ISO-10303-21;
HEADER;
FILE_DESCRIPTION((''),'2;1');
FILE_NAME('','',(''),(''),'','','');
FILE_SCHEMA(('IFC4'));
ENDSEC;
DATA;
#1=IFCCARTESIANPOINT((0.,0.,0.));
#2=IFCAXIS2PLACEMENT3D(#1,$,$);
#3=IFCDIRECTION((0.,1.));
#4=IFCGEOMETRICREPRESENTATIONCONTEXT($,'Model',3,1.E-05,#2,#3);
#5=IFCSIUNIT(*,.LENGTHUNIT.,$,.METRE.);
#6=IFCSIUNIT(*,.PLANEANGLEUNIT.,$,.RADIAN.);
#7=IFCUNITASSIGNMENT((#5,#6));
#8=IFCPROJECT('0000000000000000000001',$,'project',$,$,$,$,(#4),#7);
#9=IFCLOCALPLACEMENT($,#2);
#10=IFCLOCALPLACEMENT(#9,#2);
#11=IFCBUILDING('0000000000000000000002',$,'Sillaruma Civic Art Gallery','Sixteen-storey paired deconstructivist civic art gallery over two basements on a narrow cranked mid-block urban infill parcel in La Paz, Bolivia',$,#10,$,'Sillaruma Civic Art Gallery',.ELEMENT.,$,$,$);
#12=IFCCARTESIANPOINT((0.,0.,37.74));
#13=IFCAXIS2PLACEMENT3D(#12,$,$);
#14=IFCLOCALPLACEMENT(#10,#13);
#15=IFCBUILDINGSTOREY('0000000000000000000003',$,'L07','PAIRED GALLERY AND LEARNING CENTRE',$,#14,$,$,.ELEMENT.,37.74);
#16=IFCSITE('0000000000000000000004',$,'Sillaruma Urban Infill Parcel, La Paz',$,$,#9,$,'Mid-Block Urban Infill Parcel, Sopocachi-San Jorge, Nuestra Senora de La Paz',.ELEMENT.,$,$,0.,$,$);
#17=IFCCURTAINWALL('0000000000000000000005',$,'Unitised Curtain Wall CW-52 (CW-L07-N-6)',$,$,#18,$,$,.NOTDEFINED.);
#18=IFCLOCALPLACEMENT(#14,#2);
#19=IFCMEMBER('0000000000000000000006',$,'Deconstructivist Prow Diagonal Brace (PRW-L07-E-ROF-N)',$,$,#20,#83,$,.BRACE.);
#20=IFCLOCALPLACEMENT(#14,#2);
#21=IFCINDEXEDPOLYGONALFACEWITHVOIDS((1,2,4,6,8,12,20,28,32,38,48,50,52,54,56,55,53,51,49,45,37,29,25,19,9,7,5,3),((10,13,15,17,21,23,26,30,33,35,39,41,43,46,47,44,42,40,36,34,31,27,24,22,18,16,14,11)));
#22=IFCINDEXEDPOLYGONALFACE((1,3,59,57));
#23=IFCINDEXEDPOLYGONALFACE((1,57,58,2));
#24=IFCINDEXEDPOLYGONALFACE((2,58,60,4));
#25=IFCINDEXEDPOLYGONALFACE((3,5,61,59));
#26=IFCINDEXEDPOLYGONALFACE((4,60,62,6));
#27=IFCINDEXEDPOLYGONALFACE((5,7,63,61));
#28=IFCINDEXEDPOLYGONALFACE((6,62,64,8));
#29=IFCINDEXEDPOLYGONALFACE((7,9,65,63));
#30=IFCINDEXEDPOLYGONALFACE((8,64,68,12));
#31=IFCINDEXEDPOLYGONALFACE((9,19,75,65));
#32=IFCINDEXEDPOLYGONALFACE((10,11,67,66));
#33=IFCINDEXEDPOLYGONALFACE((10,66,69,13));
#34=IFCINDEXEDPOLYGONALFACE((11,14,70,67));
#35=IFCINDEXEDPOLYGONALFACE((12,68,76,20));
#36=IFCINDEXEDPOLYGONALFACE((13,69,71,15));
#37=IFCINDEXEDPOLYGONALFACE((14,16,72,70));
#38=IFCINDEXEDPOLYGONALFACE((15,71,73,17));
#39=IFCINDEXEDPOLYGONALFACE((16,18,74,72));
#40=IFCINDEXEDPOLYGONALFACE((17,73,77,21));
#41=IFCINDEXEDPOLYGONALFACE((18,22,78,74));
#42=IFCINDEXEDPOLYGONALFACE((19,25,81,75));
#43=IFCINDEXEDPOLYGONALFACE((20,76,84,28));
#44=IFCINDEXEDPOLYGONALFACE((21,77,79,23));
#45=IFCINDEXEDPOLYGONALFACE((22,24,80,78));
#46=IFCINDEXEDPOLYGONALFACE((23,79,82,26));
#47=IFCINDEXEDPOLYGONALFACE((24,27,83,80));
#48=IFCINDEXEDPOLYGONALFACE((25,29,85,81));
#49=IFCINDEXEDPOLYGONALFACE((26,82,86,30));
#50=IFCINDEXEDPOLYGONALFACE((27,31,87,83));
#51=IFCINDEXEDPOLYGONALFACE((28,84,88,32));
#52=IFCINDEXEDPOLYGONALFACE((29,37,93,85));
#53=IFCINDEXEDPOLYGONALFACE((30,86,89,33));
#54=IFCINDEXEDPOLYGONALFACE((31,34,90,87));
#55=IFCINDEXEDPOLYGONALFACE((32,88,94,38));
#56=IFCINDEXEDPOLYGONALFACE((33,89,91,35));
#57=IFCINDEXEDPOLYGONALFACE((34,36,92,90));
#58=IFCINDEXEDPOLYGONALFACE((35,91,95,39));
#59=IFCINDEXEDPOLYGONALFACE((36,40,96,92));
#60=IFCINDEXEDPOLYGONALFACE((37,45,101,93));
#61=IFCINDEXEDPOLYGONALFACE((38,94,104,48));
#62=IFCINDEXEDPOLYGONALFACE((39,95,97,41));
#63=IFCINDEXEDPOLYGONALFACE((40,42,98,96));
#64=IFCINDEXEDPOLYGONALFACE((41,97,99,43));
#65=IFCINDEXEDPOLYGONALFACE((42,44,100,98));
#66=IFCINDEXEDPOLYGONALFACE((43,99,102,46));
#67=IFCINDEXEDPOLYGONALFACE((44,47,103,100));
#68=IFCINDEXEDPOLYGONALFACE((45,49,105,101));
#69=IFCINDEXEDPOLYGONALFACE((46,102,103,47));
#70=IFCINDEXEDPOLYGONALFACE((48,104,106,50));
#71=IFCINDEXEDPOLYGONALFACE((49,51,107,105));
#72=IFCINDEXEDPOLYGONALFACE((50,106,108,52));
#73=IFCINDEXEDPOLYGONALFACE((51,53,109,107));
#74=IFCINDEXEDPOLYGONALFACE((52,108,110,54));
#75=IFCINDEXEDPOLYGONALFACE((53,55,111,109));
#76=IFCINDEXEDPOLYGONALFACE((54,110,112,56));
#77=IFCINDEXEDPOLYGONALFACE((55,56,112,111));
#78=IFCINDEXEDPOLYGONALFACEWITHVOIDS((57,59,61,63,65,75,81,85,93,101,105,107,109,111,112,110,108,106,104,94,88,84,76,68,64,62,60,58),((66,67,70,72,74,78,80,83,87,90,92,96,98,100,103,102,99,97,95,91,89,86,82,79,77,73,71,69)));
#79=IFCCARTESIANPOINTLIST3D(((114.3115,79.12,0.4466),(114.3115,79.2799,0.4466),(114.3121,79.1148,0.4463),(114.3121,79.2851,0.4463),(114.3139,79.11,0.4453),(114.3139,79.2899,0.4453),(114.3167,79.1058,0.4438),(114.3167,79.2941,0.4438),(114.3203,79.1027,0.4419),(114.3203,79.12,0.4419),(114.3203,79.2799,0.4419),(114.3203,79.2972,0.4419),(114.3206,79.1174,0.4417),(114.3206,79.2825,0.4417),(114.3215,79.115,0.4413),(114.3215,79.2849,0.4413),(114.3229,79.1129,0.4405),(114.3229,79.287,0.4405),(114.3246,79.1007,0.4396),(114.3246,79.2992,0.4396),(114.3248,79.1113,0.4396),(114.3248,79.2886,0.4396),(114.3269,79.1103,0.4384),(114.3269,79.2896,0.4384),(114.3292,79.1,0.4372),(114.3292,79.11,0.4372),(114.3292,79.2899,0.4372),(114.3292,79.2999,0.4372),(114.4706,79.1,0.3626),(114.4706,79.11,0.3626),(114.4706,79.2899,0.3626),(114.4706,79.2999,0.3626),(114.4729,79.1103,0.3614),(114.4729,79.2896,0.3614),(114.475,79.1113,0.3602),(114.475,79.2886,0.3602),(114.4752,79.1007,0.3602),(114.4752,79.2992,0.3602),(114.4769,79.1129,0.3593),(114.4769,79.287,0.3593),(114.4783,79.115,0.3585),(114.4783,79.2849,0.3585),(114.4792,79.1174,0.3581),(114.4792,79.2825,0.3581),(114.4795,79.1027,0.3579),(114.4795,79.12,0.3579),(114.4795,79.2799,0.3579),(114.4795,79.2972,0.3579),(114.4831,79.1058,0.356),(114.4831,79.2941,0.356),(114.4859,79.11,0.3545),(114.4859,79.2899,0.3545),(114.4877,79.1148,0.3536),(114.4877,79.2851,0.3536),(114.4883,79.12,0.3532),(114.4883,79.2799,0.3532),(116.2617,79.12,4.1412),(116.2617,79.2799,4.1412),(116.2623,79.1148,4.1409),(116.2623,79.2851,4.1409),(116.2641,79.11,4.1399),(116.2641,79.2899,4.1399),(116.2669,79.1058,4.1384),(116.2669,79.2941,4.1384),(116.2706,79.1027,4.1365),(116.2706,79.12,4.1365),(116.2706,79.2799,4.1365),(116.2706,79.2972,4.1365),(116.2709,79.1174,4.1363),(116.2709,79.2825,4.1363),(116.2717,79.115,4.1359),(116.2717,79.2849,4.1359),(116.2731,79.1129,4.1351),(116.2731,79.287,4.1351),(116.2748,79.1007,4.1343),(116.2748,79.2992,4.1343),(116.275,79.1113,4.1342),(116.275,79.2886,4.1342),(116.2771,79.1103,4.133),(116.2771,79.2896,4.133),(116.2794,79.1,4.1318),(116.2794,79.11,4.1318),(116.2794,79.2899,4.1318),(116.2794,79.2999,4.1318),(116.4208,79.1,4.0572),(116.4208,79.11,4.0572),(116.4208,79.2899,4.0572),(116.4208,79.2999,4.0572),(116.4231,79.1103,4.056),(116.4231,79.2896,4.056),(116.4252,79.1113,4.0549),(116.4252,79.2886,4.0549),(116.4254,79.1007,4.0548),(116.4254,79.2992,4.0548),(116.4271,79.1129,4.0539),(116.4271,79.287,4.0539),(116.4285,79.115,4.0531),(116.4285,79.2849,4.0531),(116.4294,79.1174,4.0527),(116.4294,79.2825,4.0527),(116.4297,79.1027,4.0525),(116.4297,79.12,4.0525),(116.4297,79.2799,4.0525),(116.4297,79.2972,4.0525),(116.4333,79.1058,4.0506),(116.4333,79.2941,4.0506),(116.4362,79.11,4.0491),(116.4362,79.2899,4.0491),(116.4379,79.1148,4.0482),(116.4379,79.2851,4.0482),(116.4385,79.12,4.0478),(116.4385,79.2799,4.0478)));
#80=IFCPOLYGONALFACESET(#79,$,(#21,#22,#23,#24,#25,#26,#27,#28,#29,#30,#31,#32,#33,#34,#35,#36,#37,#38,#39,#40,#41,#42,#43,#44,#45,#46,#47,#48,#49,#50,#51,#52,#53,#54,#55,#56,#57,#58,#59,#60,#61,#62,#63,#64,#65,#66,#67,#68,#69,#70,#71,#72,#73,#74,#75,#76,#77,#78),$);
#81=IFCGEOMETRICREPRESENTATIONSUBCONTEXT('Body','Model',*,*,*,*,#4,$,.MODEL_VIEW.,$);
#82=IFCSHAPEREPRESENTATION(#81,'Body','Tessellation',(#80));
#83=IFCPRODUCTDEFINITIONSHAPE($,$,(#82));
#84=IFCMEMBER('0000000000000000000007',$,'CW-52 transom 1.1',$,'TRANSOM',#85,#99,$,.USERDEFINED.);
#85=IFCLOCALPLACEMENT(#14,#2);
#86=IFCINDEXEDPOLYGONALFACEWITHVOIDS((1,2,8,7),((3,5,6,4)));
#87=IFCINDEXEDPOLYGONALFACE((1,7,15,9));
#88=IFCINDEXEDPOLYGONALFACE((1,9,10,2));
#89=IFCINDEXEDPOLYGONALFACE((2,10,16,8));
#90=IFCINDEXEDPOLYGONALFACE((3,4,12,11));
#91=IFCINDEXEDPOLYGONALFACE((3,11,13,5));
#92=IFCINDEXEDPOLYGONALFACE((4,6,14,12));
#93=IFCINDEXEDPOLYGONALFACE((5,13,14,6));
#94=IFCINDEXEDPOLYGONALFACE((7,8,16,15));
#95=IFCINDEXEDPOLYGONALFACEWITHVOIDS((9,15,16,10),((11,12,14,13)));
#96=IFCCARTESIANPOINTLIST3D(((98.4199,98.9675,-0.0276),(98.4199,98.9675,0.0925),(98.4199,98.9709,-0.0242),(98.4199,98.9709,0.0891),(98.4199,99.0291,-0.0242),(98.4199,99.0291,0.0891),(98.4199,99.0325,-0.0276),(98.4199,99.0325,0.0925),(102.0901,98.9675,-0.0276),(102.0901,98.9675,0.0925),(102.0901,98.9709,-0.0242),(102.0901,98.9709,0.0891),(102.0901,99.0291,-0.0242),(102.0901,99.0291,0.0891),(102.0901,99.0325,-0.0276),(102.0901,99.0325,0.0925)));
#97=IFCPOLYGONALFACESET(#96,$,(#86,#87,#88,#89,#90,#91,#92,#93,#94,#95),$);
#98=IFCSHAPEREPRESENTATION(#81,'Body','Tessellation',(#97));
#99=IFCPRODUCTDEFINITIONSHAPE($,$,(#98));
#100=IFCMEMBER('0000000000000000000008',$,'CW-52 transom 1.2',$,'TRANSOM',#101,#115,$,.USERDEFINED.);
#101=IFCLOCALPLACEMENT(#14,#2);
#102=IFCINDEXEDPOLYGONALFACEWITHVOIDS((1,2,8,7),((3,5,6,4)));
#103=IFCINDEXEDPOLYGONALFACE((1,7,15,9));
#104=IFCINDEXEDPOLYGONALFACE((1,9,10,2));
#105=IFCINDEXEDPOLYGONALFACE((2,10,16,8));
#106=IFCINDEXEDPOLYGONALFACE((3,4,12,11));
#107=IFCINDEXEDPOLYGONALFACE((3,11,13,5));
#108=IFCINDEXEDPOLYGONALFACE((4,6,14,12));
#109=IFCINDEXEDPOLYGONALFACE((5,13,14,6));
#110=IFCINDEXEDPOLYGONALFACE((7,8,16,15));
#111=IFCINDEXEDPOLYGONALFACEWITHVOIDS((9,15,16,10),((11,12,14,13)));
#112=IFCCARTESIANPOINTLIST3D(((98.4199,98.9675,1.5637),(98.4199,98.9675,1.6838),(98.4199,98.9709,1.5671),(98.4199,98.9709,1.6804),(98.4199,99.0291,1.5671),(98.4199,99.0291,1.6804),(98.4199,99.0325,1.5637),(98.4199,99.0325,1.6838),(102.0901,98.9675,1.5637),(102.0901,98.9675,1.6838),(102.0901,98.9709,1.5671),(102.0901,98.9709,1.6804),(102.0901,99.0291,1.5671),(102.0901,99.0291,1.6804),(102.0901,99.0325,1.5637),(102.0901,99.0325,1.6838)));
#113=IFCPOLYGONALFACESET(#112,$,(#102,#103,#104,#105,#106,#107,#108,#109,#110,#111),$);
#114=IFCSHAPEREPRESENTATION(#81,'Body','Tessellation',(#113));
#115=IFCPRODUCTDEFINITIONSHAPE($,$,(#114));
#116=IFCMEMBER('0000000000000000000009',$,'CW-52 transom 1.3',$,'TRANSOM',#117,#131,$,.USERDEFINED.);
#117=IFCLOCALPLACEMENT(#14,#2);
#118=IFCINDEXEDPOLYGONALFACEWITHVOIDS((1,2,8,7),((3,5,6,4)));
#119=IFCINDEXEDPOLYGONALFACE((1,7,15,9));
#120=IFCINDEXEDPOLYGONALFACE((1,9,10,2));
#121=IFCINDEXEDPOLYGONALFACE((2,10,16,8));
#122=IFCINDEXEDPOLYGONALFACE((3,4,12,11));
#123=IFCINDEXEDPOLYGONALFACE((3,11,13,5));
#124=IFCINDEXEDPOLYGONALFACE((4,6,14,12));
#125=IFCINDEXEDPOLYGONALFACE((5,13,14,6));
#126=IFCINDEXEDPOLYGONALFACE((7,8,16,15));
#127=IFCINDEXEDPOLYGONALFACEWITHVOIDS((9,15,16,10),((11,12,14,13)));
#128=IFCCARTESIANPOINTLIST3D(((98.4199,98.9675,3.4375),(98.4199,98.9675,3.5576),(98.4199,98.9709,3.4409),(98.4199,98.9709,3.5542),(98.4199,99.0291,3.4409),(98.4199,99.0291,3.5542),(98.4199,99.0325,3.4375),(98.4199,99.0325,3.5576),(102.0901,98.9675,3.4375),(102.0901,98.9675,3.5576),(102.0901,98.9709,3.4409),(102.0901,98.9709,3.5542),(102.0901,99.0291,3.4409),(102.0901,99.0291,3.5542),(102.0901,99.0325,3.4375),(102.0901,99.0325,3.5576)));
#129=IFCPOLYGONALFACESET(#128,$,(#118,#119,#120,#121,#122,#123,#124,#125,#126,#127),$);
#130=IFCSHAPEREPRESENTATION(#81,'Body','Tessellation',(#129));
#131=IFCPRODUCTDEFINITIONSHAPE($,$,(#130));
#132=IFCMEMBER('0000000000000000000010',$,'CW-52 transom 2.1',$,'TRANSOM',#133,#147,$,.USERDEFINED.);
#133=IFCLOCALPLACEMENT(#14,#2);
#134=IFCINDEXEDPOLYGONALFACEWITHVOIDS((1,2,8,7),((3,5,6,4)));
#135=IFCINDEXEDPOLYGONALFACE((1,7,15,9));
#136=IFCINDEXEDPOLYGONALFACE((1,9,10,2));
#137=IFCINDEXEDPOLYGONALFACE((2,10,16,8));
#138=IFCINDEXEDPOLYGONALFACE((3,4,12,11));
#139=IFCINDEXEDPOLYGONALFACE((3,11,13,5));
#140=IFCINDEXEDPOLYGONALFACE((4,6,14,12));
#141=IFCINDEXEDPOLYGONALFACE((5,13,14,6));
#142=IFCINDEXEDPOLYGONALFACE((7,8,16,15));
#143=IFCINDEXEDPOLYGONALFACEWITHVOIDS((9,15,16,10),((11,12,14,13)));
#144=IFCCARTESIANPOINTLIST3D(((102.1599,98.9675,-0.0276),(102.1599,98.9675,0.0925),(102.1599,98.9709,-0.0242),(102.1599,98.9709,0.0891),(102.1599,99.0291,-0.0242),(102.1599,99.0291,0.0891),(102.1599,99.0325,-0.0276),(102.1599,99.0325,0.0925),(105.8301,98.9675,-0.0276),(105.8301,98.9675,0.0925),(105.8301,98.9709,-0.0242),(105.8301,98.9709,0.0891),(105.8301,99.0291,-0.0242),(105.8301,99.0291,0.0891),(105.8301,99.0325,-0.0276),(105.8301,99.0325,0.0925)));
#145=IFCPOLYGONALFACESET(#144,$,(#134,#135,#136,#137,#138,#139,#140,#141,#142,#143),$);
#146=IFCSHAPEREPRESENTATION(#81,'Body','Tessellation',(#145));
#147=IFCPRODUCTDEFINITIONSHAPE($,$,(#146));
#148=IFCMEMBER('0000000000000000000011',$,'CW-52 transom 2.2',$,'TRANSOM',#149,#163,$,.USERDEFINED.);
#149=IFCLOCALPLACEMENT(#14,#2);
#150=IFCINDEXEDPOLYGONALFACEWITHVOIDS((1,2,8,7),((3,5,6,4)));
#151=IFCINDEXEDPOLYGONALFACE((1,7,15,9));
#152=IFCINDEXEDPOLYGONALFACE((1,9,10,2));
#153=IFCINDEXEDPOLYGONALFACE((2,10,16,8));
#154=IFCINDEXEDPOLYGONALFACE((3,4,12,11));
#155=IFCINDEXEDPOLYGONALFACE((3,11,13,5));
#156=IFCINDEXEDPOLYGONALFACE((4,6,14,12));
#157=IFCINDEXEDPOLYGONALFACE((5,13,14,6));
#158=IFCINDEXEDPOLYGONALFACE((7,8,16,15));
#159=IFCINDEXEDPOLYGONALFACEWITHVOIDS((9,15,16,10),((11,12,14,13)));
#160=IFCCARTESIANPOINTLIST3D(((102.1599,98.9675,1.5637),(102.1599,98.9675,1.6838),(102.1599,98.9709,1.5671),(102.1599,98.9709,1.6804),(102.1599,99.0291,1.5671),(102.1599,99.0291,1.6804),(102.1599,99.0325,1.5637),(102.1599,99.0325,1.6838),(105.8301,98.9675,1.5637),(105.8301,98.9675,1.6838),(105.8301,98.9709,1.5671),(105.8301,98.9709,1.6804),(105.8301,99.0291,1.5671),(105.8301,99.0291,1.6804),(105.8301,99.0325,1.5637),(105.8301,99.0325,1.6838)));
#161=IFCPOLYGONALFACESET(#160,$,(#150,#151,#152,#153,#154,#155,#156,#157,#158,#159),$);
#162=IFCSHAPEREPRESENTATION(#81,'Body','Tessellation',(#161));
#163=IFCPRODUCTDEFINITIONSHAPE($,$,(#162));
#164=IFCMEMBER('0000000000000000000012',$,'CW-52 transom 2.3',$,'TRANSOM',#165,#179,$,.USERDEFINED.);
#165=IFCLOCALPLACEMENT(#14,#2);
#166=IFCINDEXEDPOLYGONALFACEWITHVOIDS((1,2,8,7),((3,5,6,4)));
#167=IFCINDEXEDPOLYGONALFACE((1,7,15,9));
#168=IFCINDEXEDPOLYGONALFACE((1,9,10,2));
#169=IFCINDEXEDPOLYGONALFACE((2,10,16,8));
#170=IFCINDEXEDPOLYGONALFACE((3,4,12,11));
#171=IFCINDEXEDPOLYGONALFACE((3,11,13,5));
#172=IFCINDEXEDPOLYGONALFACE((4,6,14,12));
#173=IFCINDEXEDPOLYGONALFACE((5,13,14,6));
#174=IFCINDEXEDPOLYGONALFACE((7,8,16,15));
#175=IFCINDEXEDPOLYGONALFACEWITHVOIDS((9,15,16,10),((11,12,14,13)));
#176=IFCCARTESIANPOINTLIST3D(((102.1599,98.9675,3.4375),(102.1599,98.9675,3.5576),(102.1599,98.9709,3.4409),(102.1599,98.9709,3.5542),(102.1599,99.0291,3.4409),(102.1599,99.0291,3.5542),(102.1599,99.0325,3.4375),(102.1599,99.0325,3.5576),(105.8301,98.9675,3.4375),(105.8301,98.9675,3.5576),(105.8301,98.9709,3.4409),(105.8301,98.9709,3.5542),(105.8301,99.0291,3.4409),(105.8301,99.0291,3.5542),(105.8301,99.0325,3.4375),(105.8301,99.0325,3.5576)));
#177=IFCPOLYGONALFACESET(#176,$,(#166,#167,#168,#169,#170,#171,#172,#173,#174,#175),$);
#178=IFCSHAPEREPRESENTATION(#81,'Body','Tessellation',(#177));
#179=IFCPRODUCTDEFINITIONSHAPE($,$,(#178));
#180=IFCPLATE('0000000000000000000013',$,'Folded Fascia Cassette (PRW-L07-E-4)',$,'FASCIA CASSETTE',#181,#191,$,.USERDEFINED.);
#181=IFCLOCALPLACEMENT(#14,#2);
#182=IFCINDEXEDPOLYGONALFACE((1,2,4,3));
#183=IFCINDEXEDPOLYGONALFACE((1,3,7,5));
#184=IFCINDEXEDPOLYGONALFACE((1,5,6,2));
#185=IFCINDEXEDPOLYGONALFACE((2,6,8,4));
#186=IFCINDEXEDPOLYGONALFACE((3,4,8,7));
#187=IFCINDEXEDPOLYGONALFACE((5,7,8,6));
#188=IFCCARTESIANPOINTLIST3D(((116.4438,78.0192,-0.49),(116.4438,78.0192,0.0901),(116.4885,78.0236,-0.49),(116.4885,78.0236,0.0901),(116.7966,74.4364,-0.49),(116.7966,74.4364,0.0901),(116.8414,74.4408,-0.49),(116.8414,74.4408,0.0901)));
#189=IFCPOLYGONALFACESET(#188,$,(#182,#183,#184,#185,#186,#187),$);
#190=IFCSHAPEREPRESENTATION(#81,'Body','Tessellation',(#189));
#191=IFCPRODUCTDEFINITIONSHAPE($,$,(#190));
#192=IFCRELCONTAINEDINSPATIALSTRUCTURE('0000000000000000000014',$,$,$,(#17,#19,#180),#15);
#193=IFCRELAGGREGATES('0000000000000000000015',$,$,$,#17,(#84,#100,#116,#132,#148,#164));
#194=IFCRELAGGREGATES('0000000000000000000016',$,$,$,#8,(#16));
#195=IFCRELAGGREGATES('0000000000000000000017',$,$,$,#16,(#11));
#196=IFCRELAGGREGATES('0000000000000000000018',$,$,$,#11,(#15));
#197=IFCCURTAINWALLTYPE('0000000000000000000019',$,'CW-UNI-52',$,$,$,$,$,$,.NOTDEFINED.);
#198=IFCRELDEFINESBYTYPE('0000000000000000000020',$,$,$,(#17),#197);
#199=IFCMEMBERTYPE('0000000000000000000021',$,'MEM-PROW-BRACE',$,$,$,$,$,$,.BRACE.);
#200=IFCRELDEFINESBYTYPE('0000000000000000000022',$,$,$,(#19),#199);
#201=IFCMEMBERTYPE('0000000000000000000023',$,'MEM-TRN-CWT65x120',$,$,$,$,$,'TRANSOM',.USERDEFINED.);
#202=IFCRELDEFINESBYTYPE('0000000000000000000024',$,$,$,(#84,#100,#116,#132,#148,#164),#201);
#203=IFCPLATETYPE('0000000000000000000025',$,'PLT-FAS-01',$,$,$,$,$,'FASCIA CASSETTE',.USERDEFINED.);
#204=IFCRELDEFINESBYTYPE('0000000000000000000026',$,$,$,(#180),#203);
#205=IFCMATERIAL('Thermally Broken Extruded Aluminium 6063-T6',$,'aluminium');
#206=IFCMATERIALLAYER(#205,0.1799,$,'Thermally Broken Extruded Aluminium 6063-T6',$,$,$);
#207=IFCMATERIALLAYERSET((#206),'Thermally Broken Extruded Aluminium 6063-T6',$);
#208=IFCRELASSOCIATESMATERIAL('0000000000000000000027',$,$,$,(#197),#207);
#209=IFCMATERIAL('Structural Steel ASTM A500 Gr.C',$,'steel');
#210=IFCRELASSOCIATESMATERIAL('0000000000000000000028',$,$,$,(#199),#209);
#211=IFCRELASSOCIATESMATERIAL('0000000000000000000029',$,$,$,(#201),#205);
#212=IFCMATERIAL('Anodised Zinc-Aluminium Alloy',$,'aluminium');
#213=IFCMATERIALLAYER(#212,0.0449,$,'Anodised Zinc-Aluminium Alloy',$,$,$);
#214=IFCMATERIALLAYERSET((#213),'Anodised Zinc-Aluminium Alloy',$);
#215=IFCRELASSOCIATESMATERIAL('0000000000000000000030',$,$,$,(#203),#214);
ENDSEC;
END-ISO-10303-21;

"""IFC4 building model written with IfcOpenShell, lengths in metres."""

from ifc_helpers import new_model, si_unit, direction, frame, origin, origin_2d, place, context, subcontext, project, spatial, rectangle, hollow_rectangle, extrude, material, layer, layer_set, material_profile, profile_set, type_object, element, aggregate, save


model = new_model("IFC4")

# Units and contexts
model_context = context("Model", 3, precision=1e-05, world=origin(), true_north=direction((0.0, 1.0)))
body_context = subcontext(model_context, "Body", "Model", "MODEL_VIEW")
ifc_project = project(units=[si_unit("LENGTHUNIT", "METRE"), si_unit("PLANEANGLEUNIT", "RADIAN")], contexts=[model_context])

# Site, building, storey
site_placement = place(None, origin())
site = spatial("IfcSite", under=ifc_project, at=site_placement, Name="Sillaruma Urban Infill Parcel, La Paz", LongName="Mid-Block Urban Infill Parcel, Sopocachi-San Jorge, Nuestra Senora de La Paz", CompositionType="ELEMENT", RefElevation=0.0)
building_placement = place(site_placement, origin())
building = spatial("IfcBuilding", under=site, at=building_placement, Name="Sillaruma Civic Art Gallery", Description="Sixteen-storey paired deconstructivist civic art gallery over two basements on a narrow cranked mid-block urban infill parcel in La Paz, Bolivia", LongName="Sillaruma Civic Art Gallery", CompositionType="ELEMENT")
storey_placement = place(building_placement, frame((0.0, 0.0, 37.74)))
storey = spatial("IfcBuildingStorey", under=building, at=storey_placement, Name="L07", Description="PAIRED GALLERY AND LEARNING CENTRE", CompositionType="ELEMENT", Elevation=37.74)

# Shared definitions
ifc_material_1 = material(Name="Structural Steel ASTM A500 Gr.C", Category="steel")

# Shared definitions
ifc_material_2 = material(Name="Thermally Broken Extruded Aluminium 6063-T6", Category="aluminium")

# Curtain wall
ifc_layer_1 = layer(ifc_material_2, 0.1799, Name="Thermally Broken Extruded Aluminium 6063-T6")
ifc_layer_set_1 = layer_set([ifc_layer_1], Name="Thermally Broken Extruded Aluminium 6063-T6")
curtain_wall_type_1 = type_object("IfcCurtainWallType", Name="CW-UNI-52", PredefinedType="NOTDEFINED", material=ifc_layer_set_1)
curtain_wall_1_placement = place(storey_placement, origin())
curtain_wall_1 = element("IfcCurtainWall", 1, at=curtain_wall_1_placement, inside=storey, type_object=curtain_wall_type_1, Name="Unitised Curtain Wall CW-52 (CW-L07-N-6)", PredefinedType="NOTDEFINED")

# Members
ifc_material_profile_1 = material_profile(ifc_material_1, hollow_rectangle(XDim=0.2, YDim=0.2, WallThickness=0.01, InnerFilletRadius=0.01, OuterFilletRadius=0.02, at=origin_2d()), Name="HSS200x200x10")
ifc_profile_set_1 = profile_set([ifc_material_profile_1], Name="Structural Steel ASTM A500 Gr.C")
member_type_1 = type_object("IfcMemberType", Name="MEM-PROW-BRACE", PredefinedType="BRACE", material=ifc_profile_set_1)
member_1_placement = place(storey_placement, frame((114.3999, 79.2, 0.3999), z_axis=(0.466811, 0.0, 0.884357), x_axis=(0.0, 1.0, 0.0)))
element("IfcMember", 2, at=member_1_placement, inside=storey, type_object=member_type_1, Name="Deconstructivist Prow Diagonal Brace (PRW-L07-E-ROF-N)", PredefinedType="BRACE", context=body_context, shape_type="SweptSolid", body=[
    extrude(hollow_rectangle(XDim=0.2, YDim=0.2, WallThickness=0.01, InnerFilletRadius=0.01, OuterFilletRadius=0.02, at=origin_2d()), origin(), (0.0, 0.0, 1.0), 4.1777),
])
ifc_material_profile_2 = material_profile(ifc_material_2, hollow_rectangle(XDim=0.0649, YDim=0.1201, WallThickness=0.0034, at=origin_2d()), Name="CWT65x120")
ifc_profile_set_2 = profile_set([ifc_material_profile_2], Name="Thermally Broken Extruded Aluminium 6063-T6")
member_type_2 = type_object("IfcMemberType", Name="MEM-TRN-CWT65x120", ElementType="TRANSOM", PredefinedType="USERDEFINED", material=ifc_profile_set_2)
member_2_placement = place(storey_placement, frame((98.4199, 99.0, 0.0325), z_axis=(1.0, 0.0, 0.0), x_axis=(0.0, 1.0, 0.0)))
member_2 = element("IfcMember", 3, at=member_2_placement, type_object=member_type_2, Name="CW-52 transom 1.1", ObjectType="TRANSOM", PredefinedType="USERDEFINED", context=body_context, shape_type="SweptSolid", body=[
    extrude(hollow_rectangle(XDim=0.0649, YDim=0.1201, WallThickness=0.0034, at=origin_2d()), origin(), (0.0, 0.0, 1.0), 3.6702),
])
member_3_placement = place(storey_placement, frame((98.4199, 99.0, 1.6238), z_axis=(1.0, 0.0, 0.0), x_axis=(0.0, 1.0, 0.0)))
member_3 = element("IfcMember", 4, at=member_3_placement, type_object=member_type_2, Name="CW-52 transom 1.2", ObjectType="TRANSOM", PredefinedType="USERDEFINED", context=body_context, shape_type="SweptSolid", body=[
    extrude(hollow_rectangle(XDim=0.0649, YDim=0.1201, WallThickness=0.0034, at=origin_2d()), origin(), (0.0, 0.0, 1.0), 3.6702),
])
member_4_placement = place(storey_placement, frame((98.4199, 99.0, 3.4976), z_axis=(1.0, 0.0, 0.0), x_axis=(0.0, 1.0, 0.0)))
member_4 = element("IfcMember", 5, at=member_4_placement, type_object=member_type_2, Name="CW-52 transom 1.3", ObjectType="TRANSOM", PredefinedType="USERDEFINED", context=body_context, shape_type="SweptSolid", body=[
    extrude(hollow_rectangle(XDim=0.0649, YDim=0.1201, WallThickness=0.0034, at=origin_2d()), origin(), (0.0, 0.0, 1.0), 3.6702),
])
member_5_placement = place(storey_placement, frame((102.1599, 99.0, 0.0325), z_axis=(1.0, 0.0, 0.0), x_axis=(0.0, 1.0, 0.0)))
member_5 = element("IfcMember", 6, at=member_5_placement, type_object=member_type_2, Name="CW-52 transom 2.1", ObjectType="TRANSOM", PredefinedType="USERDEFINED", context=body_context, shape_type="SweptSolid", body=[
    extrude(hollow_rectangle(XDim=0.0649, YDim=0.1201, WallThickness=0.0034, at=origin_2d()), origin(), (0.0, 0.0, 1.0), 3.6702),
])
member_6_placement = place(storey_placement, frame((102.1599, 99.0, 1.6238), z_axis=(1.0, 0.0, 0.0), x_axis=(0.0, 1.0, 0.0)))
member_6 = element("IfcMember", 7, at=member_6_placement, type_object=member_type_2, Name="CW-52 transom 2.2", ObjectType="TRANSOM", PredefinedType="USERDEFINED", context=body_context, shape_type="SweptSolid", body=[
    extrude(hollow_rectangle(XDim=0.0649, YDim=0.1201, WallThickness=0.0034, at=origin_2d()), origin(), (0.0, 0.0, 1.0), 3.6702),
])
member_7_placement = place(storey_placement, frame((102.1599, 99.0, 3.4976), z_axis=(1.0, 0.0, 0.0), x_axis=(0.0, 1.0, 0.0)))
member_7 = element("IfcMember", 8, at=member_7_placement, type_object=member_type_2, Name="CW-52 transom 2.3", ObjectType="TRANSOM", PredefinedType="USERDEFINED", context=body_context, shape_type="SweptSolid", body=[
    extrude(hollow_rectangle(XDim=0.0649, YDim=0.1201, WallThickness=0.0034, at=origin_2d()), origin(), (0.0, 0.0, 1.0), 3.6702),
])

# Plate
ifc_material_3 = material(Name="Anodised Zinc-Aluminium Alloy", Category="aluminium")
ifc_layer_2 = layer(ifc_material_3, 0.0449, Name="Anodised Zinc-Aluminium Alloy")
ifc_layer_set_2 = layer_set([ifc_layer_2], Name="Anodised Zinc-Aluminium Alloy")
plate_type_1 = type_object("IfcPlateType", Name="PLT-FAS-01", ElementType="FASCIA CASSETTE", PredefinedType="USERDEFINED", material=ifc_layer_set_2)
plate_1_placement = place(storey_placement, frame((116.6426, 76.23, -0.49), z_axis=(0.0, 0.0, 1.0), x_axis=(-0.098011, 0.995185, 0.0)))
element("IfcPlate", 9, at=plate_1_placement, inside=storey, type_object=plate_type_1, Name="Folded Fascia Cassette (PRW-L07-E-4)", ObjectType="FASCIA CASSETTE", PredefinedType="USERDEFINED", context=body_context, shape_type="SweptSolid", body=[
    extrude(rectangle(XDim=3.6001, YDim=0.0449, at=origin_2d()), origin(), (0.0, 0.0, 1.0), 0.5801),
])
aggregate(curtain_wall_1, [member_2, member_3, member_4, member_5, member_6, member_7])

save(model, "model.ifc")
